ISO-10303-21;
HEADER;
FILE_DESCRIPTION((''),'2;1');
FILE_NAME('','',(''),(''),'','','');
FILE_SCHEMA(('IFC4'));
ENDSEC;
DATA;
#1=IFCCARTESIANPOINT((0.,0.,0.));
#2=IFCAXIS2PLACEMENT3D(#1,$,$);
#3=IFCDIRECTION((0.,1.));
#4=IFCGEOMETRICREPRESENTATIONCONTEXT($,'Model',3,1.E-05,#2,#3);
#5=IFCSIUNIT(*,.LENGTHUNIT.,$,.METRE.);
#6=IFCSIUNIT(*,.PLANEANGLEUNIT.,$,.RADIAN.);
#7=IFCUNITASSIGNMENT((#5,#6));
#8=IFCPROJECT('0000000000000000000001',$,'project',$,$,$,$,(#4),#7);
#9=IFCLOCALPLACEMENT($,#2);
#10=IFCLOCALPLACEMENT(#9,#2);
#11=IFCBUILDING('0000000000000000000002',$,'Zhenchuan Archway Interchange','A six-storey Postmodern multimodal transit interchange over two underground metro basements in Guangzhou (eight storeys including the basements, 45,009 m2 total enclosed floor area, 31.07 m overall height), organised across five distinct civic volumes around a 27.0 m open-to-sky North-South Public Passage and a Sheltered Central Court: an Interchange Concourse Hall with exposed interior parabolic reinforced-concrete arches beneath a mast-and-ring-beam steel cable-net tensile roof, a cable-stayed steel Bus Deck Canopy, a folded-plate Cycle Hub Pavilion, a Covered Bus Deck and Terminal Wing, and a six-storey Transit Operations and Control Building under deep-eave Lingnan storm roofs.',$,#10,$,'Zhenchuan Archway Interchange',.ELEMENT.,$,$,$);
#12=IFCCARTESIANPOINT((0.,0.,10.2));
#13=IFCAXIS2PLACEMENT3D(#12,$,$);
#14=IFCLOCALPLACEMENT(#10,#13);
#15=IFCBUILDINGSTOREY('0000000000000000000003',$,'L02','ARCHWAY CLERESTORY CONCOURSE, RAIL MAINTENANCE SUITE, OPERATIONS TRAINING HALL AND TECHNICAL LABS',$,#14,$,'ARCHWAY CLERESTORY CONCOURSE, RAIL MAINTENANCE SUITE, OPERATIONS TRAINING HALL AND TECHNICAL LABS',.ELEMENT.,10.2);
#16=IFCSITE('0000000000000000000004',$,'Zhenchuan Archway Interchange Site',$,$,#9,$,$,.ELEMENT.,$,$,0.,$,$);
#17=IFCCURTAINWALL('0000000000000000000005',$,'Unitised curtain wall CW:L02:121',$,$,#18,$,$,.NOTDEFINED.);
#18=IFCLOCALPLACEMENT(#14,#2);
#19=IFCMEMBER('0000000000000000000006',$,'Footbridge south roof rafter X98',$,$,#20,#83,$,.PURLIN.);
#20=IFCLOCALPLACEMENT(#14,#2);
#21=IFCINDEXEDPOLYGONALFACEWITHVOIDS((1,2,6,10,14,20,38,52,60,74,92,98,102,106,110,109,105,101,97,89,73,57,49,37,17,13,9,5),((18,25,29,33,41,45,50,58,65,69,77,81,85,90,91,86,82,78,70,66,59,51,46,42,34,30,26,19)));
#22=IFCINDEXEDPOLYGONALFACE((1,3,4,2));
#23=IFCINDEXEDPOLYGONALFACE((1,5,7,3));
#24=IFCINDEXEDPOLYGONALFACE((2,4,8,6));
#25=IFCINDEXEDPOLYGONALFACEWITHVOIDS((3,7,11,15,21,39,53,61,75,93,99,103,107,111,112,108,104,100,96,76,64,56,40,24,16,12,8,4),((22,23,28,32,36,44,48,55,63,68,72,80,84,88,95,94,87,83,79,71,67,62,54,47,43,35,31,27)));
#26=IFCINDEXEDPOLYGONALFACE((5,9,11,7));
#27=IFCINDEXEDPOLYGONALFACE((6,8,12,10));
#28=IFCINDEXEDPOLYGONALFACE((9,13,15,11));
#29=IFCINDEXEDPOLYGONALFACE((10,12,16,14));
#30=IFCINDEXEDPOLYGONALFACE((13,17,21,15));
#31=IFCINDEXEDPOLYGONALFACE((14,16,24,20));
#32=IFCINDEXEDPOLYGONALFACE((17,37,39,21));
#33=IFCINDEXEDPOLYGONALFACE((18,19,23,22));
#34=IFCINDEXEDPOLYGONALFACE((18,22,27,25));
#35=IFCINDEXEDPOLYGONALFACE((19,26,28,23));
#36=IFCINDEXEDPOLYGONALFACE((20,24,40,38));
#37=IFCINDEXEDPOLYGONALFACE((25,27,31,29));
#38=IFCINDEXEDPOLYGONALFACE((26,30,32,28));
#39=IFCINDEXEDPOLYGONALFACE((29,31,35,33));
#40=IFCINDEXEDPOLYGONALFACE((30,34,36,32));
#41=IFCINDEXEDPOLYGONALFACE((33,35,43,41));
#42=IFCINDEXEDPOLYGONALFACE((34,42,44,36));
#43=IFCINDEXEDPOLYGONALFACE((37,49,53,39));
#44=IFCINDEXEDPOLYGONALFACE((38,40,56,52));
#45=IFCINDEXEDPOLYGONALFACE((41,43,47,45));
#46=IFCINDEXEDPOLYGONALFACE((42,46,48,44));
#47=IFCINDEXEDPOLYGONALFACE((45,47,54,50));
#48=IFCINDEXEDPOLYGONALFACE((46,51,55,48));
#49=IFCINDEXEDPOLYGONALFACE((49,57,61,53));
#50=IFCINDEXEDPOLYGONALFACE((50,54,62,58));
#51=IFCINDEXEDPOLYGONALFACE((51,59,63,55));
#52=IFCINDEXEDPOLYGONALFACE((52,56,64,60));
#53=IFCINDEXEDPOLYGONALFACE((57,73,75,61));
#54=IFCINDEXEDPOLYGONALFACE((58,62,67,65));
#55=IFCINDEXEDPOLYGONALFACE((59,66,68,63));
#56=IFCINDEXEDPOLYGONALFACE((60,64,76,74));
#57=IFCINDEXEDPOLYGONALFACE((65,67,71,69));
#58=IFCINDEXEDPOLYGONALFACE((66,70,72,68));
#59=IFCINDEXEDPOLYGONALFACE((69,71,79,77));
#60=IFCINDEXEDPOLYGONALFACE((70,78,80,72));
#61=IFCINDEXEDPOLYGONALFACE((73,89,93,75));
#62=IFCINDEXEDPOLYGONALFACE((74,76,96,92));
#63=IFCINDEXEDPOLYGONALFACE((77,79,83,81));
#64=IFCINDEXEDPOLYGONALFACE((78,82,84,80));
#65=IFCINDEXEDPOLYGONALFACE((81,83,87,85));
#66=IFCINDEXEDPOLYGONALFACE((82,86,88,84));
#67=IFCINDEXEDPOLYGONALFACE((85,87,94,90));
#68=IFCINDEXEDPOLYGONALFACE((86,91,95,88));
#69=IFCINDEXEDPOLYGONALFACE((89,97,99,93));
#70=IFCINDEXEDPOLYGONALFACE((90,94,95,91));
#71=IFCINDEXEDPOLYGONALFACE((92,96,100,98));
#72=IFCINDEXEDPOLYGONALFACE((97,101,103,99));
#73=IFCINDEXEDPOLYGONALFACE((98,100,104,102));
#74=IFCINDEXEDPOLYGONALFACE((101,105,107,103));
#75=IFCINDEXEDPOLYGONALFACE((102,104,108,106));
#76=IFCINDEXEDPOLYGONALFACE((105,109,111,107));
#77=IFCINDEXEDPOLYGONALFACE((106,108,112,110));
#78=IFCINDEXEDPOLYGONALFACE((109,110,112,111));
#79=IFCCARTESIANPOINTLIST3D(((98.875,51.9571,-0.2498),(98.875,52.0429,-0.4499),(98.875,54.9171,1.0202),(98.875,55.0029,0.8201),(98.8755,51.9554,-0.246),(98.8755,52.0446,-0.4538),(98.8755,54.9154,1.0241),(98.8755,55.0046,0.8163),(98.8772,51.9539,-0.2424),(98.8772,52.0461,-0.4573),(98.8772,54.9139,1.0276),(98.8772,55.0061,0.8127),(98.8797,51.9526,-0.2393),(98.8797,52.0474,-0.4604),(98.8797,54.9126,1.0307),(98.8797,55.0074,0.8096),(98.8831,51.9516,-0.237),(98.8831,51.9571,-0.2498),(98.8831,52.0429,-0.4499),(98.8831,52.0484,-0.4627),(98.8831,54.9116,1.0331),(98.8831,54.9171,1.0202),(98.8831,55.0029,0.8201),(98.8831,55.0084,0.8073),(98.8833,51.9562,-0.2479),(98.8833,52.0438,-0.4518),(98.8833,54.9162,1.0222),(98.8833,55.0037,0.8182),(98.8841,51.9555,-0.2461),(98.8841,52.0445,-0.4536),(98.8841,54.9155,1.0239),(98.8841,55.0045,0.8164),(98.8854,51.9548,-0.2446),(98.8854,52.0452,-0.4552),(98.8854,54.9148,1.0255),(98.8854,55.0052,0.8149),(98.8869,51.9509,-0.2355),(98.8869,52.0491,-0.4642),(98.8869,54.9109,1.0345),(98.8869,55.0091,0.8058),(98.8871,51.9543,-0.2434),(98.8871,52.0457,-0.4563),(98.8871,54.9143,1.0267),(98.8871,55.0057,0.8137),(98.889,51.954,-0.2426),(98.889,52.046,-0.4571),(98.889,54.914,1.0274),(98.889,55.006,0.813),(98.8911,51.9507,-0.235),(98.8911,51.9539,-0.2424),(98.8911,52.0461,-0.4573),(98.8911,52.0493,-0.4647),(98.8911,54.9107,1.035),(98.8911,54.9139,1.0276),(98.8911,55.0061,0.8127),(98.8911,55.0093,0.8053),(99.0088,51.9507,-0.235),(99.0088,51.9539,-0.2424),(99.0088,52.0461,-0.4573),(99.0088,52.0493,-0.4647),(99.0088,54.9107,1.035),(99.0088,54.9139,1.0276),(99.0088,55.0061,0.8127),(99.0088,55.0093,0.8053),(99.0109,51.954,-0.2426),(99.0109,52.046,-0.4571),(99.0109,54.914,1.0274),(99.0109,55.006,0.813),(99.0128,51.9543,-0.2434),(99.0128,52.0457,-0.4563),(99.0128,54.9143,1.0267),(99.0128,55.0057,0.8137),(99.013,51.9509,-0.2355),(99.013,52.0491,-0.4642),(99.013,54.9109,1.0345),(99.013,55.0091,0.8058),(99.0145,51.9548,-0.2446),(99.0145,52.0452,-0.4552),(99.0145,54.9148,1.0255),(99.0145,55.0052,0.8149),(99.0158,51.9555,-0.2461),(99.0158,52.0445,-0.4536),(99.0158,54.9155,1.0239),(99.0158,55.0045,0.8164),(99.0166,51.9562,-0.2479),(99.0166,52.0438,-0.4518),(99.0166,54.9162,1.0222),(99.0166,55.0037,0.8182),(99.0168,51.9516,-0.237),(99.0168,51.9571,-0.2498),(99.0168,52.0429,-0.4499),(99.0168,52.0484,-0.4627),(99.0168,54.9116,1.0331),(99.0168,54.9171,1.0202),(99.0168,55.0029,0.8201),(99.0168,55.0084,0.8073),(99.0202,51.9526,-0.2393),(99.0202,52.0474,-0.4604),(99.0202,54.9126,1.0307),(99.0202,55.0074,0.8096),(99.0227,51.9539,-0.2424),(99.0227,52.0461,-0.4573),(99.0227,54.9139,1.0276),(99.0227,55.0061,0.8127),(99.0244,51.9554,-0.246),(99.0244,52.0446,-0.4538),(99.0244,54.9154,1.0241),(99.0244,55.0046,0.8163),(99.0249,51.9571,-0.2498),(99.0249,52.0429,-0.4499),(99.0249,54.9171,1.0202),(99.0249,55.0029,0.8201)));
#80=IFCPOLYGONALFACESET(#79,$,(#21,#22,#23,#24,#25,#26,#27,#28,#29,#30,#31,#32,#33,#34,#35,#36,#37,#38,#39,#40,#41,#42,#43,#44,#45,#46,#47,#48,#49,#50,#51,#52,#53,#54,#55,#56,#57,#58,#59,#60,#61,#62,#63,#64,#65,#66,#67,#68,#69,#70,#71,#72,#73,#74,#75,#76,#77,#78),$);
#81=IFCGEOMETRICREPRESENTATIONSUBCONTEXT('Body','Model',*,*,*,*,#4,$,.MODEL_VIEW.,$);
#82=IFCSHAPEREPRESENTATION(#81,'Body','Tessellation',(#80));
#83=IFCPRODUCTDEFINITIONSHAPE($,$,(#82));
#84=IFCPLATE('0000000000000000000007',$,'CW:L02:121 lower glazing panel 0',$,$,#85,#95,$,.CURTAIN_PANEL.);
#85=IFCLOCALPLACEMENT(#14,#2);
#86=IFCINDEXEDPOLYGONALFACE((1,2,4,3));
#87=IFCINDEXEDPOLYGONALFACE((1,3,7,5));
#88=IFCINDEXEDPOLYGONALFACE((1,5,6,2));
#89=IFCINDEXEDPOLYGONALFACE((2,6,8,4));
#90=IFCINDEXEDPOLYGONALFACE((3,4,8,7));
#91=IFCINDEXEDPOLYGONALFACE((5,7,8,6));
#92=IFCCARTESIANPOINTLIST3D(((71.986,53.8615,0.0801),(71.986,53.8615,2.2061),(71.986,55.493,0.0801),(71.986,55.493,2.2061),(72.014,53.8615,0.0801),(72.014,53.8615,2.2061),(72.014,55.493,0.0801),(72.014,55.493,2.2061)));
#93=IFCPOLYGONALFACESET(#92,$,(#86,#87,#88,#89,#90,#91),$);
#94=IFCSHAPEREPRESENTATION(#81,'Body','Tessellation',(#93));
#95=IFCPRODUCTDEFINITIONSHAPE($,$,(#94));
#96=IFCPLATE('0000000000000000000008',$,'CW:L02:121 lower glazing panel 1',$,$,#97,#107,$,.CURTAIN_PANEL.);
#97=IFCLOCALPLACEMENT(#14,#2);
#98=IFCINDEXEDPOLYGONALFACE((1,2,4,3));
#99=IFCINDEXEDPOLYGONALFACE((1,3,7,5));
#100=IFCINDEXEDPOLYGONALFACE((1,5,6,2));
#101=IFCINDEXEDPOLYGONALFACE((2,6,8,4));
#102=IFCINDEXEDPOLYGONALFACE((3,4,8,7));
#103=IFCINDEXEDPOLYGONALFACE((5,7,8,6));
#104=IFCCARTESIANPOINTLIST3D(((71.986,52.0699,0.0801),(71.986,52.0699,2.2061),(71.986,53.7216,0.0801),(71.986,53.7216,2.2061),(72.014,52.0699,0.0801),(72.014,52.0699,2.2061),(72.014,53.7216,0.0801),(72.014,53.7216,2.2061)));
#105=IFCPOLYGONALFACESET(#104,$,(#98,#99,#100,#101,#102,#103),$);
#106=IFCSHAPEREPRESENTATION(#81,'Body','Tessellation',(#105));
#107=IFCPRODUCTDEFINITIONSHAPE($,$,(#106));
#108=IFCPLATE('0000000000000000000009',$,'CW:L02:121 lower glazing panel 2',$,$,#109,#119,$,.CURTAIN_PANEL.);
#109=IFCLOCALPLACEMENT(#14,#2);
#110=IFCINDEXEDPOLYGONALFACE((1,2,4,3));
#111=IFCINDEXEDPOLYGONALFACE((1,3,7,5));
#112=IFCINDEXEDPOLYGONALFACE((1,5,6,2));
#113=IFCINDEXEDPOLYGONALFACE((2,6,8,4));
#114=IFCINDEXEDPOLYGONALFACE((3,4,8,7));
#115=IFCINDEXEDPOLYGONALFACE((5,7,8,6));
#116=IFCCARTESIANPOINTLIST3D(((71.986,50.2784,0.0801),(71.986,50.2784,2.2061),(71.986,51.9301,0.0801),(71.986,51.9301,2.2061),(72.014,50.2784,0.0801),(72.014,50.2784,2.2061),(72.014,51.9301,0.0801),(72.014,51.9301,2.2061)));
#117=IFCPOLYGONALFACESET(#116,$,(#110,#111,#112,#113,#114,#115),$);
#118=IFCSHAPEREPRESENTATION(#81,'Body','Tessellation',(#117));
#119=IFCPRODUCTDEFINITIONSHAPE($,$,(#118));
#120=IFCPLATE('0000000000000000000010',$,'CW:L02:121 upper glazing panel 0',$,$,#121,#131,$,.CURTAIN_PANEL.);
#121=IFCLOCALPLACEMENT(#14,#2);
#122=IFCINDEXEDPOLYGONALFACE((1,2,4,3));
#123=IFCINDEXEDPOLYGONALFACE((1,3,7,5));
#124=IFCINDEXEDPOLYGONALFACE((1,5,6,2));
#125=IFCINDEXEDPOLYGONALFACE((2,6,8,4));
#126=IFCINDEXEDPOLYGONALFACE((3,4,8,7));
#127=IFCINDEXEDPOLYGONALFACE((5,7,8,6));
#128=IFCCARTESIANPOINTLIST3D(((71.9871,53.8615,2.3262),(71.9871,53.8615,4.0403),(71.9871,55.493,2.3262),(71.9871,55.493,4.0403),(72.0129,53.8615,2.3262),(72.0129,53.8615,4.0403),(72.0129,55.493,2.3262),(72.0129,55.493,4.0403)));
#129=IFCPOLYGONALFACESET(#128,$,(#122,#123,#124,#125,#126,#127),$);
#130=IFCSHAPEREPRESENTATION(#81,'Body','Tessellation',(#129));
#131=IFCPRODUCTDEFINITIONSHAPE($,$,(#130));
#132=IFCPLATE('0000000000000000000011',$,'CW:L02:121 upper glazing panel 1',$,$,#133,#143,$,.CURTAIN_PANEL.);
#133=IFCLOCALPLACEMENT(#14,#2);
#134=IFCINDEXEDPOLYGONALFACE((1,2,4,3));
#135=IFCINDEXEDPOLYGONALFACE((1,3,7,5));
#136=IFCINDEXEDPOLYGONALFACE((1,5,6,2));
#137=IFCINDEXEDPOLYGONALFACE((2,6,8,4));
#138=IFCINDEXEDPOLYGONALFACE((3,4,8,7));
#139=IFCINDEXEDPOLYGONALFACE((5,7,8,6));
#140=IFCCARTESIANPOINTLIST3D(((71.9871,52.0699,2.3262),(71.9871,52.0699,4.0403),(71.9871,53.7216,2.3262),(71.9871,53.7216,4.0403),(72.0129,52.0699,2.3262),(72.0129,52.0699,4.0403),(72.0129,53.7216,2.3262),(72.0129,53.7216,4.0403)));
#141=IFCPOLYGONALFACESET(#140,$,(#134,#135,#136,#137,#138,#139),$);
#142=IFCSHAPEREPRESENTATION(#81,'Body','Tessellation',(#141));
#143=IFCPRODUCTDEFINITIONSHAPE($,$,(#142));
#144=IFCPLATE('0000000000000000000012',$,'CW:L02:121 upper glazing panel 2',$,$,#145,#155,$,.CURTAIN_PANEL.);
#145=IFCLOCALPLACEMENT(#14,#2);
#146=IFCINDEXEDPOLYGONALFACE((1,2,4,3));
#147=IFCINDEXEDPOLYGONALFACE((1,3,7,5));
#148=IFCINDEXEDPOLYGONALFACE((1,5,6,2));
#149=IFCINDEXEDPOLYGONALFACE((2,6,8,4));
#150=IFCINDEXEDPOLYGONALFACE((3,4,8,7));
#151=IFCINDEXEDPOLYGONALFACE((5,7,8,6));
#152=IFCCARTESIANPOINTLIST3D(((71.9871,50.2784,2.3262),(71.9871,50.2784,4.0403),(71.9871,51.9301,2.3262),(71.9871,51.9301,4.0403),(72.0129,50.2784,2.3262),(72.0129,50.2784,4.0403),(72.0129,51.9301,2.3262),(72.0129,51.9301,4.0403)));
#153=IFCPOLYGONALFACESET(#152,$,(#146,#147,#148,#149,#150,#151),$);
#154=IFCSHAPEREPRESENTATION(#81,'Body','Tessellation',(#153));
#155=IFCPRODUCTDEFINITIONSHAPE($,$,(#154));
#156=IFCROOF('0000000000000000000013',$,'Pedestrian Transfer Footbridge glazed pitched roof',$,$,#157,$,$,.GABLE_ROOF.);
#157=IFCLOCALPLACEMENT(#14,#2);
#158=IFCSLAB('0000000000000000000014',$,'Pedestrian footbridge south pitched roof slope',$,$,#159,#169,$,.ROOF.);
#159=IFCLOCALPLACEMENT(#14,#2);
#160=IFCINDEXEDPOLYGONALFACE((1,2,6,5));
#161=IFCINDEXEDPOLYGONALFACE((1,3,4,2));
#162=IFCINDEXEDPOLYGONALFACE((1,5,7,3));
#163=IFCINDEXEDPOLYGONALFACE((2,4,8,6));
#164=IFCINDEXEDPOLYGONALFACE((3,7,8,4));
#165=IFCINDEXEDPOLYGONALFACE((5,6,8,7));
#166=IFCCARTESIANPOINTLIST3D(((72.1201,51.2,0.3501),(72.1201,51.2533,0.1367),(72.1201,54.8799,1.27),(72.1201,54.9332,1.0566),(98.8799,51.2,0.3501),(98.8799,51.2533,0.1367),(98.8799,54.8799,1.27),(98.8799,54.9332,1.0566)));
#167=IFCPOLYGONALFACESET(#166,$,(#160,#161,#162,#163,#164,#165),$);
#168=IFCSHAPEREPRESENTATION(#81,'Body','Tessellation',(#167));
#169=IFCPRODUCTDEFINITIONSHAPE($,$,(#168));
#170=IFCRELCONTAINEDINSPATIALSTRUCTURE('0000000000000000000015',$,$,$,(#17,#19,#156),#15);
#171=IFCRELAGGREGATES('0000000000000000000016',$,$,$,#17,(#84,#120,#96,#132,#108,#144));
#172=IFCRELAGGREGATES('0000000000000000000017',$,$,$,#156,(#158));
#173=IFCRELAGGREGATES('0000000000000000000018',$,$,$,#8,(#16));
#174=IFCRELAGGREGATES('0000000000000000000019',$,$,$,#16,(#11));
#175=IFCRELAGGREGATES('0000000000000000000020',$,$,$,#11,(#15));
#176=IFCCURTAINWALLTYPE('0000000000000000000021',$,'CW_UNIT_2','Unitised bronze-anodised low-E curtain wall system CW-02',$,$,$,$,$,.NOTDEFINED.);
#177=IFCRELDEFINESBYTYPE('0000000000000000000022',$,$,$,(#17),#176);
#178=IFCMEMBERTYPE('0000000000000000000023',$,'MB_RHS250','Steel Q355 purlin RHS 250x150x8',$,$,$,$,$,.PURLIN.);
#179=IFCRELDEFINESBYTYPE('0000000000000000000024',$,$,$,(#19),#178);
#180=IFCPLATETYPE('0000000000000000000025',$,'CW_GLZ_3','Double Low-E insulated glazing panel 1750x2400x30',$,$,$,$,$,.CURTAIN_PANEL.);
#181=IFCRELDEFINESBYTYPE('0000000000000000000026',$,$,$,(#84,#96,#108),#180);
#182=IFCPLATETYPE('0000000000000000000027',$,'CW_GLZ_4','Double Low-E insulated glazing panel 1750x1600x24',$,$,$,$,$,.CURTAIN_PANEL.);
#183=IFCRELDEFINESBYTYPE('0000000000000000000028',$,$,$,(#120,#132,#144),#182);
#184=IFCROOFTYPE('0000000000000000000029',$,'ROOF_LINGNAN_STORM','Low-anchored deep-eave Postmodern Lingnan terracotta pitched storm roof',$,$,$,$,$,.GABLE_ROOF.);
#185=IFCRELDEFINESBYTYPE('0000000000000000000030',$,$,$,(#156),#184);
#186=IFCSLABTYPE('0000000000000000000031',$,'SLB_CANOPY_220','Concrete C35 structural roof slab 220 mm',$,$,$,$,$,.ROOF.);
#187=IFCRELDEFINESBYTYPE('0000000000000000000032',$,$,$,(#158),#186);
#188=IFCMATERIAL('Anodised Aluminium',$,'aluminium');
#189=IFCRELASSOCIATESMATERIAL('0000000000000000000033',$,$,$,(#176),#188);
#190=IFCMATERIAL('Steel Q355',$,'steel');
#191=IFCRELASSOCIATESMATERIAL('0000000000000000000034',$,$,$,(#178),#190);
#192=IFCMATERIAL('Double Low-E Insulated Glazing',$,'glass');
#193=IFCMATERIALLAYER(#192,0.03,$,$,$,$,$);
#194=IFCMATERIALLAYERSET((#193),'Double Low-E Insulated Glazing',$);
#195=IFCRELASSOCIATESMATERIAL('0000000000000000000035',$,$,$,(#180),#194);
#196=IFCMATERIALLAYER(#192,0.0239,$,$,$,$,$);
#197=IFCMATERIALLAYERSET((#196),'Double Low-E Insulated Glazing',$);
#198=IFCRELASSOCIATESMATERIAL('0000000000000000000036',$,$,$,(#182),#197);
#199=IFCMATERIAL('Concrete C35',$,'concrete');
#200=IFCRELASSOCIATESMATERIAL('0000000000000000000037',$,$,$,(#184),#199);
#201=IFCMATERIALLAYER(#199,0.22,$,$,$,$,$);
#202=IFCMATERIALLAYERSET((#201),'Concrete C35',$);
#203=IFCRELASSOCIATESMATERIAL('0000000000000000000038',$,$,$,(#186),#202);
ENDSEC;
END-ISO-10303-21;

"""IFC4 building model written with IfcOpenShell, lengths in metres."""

from ifc_helpers import new_model, si_unit, direction, frame, origin, origin_2d, place, context, subcontext, project, spatial, polyline, rectangle, hollow_rectangle, outline, extrude, material, layer, layer_set, material_profile, profile_set, type_object, element, aggregate, save


model = new_model("IFC4")

# Units and contexts
model_context = context("Model", 3, precision=1e-05, world=origin(), true_north=direction((0.0, 1.0)))
body_context = subcontext(model_context, "Body", "Model", "MODEL_VIEW")
ifc_project = project(units=[si_unit("LENGTHUNIT", "METRE"), si_unit("PLANEANGLEUNIT", "RADIAN")], contexts=[model_context])

# Site, building, storey
site_placement = place(None, origin())
site = spatial("IfcSite", under=ifc_project, at=site_placement, Name="Zhenchuan Archway Interchange Site", CompositionType="ELEMENT", RefElevation=0.0)
building_placement = place(site_placement, origin())
building = spatial("IfcBuilding", under=site, at=building_placement, Name="Zhenchuan Archway Interchange", Description="A six-storey Postmodern multimodal transit interchange over two underground metro basements in Guangzhou (eight storeys including the basements, 45,009 m2 total enclosed floor area, 31.07 m overall height), organised across five distinct civic volumes around a 27.0 m open-to-sky North-South Public Passage and a Sheltered Central Court: an Interchange Concourse Hall with exposed interior parabolic reinforced-concrete arches beneath a mast-and-ring-beam steel cable-net tensile roof, a cable-stayed steel Bus Deck Canopy, a folded-plate Cycle Hub Pavilion, a Covered Bus Deck and Terminal Wing, and a six-storey Transit Operations and Control Building under deep-eave Lingnan storm roofs.", LongName="Zhenchuan Archway Interchange", CompositionType="ELEMENT")
storey_placement = place(building_placement, frame((0.0, 0.0, 10.2)))
storey = spatial("IfcBuildingStorey", under=building, at=storey_placement, Name="L02", Description="ARCHWAY CLERESTORY CONCOURSE, RAIL MAINTENANCE SUITE, OPERATIONS TRAINING HALL AND TECHNICAL LABS", LongName="ARCHWAY CLERESTORY CONCOURSE, RAIL MAINTENANCE SUITE, OPERATIONS TRAINING HALL AND TECHNICAL LABS", CompositionType="ELEMENT", Elevation=10.2)

# Shared definitions
ifc_material_1 = material(Name="Steel Q355", Category="steel")

# Curtain wall
ifc_material_2 = material(Name="Anodised Aluminium", Category="aluminium")
curtain_wall_type = type_object("IfcCurtainWallType", Name="CW_UNIT_2", Description="Unitised bronze-anodised low-E curtain wall system CW-02", PredefinedType="NOTDEFINED", material=ifc_material_2)
curtain_wall_placement = place(storey_placement, origin())
curtain_wall = element("IfcCurtainWall", 1, at=curtain_wall_placement, inside=storey, type_object=curtain_wall_type, Name="Unitised curtain wall CW:L02:121", PredefinedType="NOTDEFINED")

# Member
ifc_material_profile_1 = material_profile(ifc_material_1, hollow_rectangle(XDim=0.1499, YDim=0.25, WallThickness=0.0081, InnerFilletRadius=0.0081, OuterFilletRadius=0.0161, at=origin_2d()), Name="RHS 250x150x8")
ifc_profile_set_1 = profile_set([ifc_material_profile_1], Name="Steel Q355")
member_type_1 = type_object("IfcMemberType", Name="MB_RHS250", Description="Steel Q355 purlin RHS 250x150x8", PredefinedType="PURLIN", material=ifc_profile_set_1)
member_1_placement = place(storey_placement, frame((98.95, 52.0, -0.3499), z_axis=(0.0, 0.91898, 0.394303), x_axis=(-1.0, 0.0, 0.0)))
element("IfcMember", 2, at=member_1_placement, inside=storey, type_object=member_type_1, Name="Footbridge south roof rafter X98", PredefinedType="PURLIN", context=body_context, shape_type="SweptSolid", body=[
    extrude(hollow_rectangle(XDim=0.1499, YDim=0.25, WallThickness=0.0081, InnerFilletRadius=0.0081, OuterFilletRadius=0.0161, at=origin_2d()), origin(), (0.0, 0.0, 1.0), 3.2209),
])

# Plates
ifc_material_3 = material(Name="Double Low-E Insulated Glazing", Category="glass")
ifc_layer_1 = layer(ifc_material_3, 0.03)
ifc_layer_set_1 = layer_set([ifc_layer_1], Name="Double Low-E Insulated Glazing")
plate_type_1 = type_object("IfcPlateType", Name="CW_GLZ_3", Description="Double Low-E insulated glazing panel 1750x2400x30", PredefinedType="CURTAIN_PANEL", material=ifc_layer_set_1)
plate_1_placement = place(storey_placement, frame((72.0, 54.6772, 0.0801), z_axis=(0.0, 0.0, 1.0), x_axis=(0.0, -1.0, 0.0)))
plate_1 = element("IfcPlate", 3, at=plate_1_placement, type_object=plate_type_1, Name="CW:L02:121 lower glazing panel 0", PredefinedType="CURTAIN_PANEL", context=body_context, shape_type="SweptSolid", body=[
    extrude(rectangle(XDim=1.6316, YDim=0.0281, at=origin_2d()), origin(), (0.0, 0.0, 1.0), 2.126),
])
plate_2_placement = place(storey_placement, frame((72.0, 52.8958, 0.0801), z_axis=(0.0, 0.0, 1.0), x_axis=(0.0, -1.0, 0.0)))
plate_2 = element("IfcPlate", 4, at=plate_2_placement, type_object=plate_type_1, Name="CW:L02:121 lower glazing panel 1", PredefinedType="CURTAIN_PANEL", context=body_context, shape_type="SweptSolid", body=[
    extrude(rectangle(XDim=1.6516, YDim=0.0281, at=origin_2d()), origin(), (0.0, 0.0, 1.0), 2.126),
])
plate_3_placement = place(storey_placement, frame((72.0, 51.1042, 0.0801), z_axis=(0.0, 0.0, 1.0), x_axis=(0.0, -1.0, 0.0)))
plate_3 = element("IfcPlate", 5, at=plate_3_placement, type_object=plate_type_1, Name="CW:L02:121 lower glazing panel 2", PredefinedType="CURTAIN_PANEL", context=body_context, shape_type="SweptSolid", body=[
    extrude(rectangle(XDim=1.6516, YDim=0.0281, at=origin_2d()), origin(), (0.0, 0.0, 1.0), 2.126),
])
ifc_layer_2 = layer(ifc_material_3, 0.0239)
ifc_layer_set_2 = layer_set([ifc_layer_2], Name="Double Low-E Insulated Glazing")
plate_type_2 = type_object("IfcPlateType", Name="CW_GLZ_4", Description="Double Low-E insulated glazing panel 1750x1600x24", PredefinedType="CURTAIN_PANEL", material=ifc_layer_set_2)
plate_4_placement = place(storey_placement, frame((72.0, 54.6772, 2.3262), z_axis=(0.0, 0.0, 1.0), x_axis=(0.0, -1.0, 0.0)))
plate_4 = element("IfcPlate", 6, at=plate_4_placement, type_object=plate_type_2, Name="CW:L02:121 upper glazing panel 0", PredefinedType="CURTAIN_PANEL", context=body_context, shape_type="SweptSolid", body=[
    extrude(rectangle(XDim=1.6316, YDim=0.0259, at=origin_2d()), origin(), (0.0, 0.0, 1.0), 1.7141),
])
plate_5_placement = place(storey_placement, frame((72.0, 52.8958, 2.3262), z_axis=(0.0, 0.0, 1.0), x_axis=(0.0, -1.0, 0.0)))
plate_5 = element("IfcPlate", 7, at=plate_5_placement, type_object=plate_type_2, Name="CW:L02:121 upper glazing panel 1", PredefinedType="CURTAIN_PANEL", context=body_context, shape_type="SweptSolid", body=[
    extrude(rectangle(XDim=1.6516, YDim=0.0259, at=origin_2d()), origin(), (0.0, 0.0, 1.0), 1.7141),
])
plate_6_placement = place(storey_placement, frame((72.0, 51.1042, 2.3262), z_axis=(0.0, 0.0, 1.0), x_axis=(0.0, -1.0, 0.0)))
plate_6 = element("IfcPlate", 8, at=plate_6_placement, type_object=plate_type_2, Name="CW:L02:121 upper glazing panel 2", PredefinedType="CURTAIN_PANEL", context=body_context, shape_type="SweptSolid", body=[
    extrude(rectangle(XDim=1.6516, YDim=0.0259, at=origin_2d()), origin(), (0.0, 0.0, 1.0), 1.7141),
])
aggregate(curtain_wall, [plate_1, plate_4, plate_2, plate_5, plate_3, plate_6])

# Roof, slab
ifc_material_4 = material(Name="Concrete C35", Category="concrete")
roof_type = type_object("IfcRoofType", Name="ROOF_LINGNAN_STORM", Description="Low-anchored deep-eave Postmodern Lingnan terracotta pitched storm roof", PredefinedType="GABLE_ROOF", material=ifc_material_4)
roof_placement = place(storey_placement, origin())
roof = element("IfcRoof", 9, at=roof_placement, inside=storey, type_object=roof_type, Name="Pedestrian Transfer Footbridge glazed pitched roof", PredefinedType="GABLE_ROOF")
ifc_layer_3 = layer(ifc_material_4, 0.22)
ifc_layer_set_3 = layer_set([ifc_layer_3], Name="Concrete C35")
slab_type = type_object("IfcSlabType", Name="SLB_CANOPY_220", Description="Concrete C35 structural roof slab 220 mm", PredefinedType="ROOF", material=ifc_layer_set_3)
slab_placement = place(storey_placement, frame((72.1201, 51.2, 0.3501), z_axis=(0.0, -0.24252, 0.970146), x_axis=(1.0, 0.0, 0.0)))
slab = element("IfcSlab", 10, at=slab_placement, type_object=slab_type, Name="Pedestrian footbridge south pitched roof slope", PredefinedType="ROOF", context=body_context, shape_type="SweptSolid", body=[
    extrude(outline(polyline([(0.0, 0.0), (26.7598, 0.0), (26.7598, 3.7932), (0.0, 3.7932), (0.0, 0.0)])), origin(), (0.0, 0.0, -1.0), 0.22),
])
aggregate(roof, [slab])

save(model, "model.ifc")
